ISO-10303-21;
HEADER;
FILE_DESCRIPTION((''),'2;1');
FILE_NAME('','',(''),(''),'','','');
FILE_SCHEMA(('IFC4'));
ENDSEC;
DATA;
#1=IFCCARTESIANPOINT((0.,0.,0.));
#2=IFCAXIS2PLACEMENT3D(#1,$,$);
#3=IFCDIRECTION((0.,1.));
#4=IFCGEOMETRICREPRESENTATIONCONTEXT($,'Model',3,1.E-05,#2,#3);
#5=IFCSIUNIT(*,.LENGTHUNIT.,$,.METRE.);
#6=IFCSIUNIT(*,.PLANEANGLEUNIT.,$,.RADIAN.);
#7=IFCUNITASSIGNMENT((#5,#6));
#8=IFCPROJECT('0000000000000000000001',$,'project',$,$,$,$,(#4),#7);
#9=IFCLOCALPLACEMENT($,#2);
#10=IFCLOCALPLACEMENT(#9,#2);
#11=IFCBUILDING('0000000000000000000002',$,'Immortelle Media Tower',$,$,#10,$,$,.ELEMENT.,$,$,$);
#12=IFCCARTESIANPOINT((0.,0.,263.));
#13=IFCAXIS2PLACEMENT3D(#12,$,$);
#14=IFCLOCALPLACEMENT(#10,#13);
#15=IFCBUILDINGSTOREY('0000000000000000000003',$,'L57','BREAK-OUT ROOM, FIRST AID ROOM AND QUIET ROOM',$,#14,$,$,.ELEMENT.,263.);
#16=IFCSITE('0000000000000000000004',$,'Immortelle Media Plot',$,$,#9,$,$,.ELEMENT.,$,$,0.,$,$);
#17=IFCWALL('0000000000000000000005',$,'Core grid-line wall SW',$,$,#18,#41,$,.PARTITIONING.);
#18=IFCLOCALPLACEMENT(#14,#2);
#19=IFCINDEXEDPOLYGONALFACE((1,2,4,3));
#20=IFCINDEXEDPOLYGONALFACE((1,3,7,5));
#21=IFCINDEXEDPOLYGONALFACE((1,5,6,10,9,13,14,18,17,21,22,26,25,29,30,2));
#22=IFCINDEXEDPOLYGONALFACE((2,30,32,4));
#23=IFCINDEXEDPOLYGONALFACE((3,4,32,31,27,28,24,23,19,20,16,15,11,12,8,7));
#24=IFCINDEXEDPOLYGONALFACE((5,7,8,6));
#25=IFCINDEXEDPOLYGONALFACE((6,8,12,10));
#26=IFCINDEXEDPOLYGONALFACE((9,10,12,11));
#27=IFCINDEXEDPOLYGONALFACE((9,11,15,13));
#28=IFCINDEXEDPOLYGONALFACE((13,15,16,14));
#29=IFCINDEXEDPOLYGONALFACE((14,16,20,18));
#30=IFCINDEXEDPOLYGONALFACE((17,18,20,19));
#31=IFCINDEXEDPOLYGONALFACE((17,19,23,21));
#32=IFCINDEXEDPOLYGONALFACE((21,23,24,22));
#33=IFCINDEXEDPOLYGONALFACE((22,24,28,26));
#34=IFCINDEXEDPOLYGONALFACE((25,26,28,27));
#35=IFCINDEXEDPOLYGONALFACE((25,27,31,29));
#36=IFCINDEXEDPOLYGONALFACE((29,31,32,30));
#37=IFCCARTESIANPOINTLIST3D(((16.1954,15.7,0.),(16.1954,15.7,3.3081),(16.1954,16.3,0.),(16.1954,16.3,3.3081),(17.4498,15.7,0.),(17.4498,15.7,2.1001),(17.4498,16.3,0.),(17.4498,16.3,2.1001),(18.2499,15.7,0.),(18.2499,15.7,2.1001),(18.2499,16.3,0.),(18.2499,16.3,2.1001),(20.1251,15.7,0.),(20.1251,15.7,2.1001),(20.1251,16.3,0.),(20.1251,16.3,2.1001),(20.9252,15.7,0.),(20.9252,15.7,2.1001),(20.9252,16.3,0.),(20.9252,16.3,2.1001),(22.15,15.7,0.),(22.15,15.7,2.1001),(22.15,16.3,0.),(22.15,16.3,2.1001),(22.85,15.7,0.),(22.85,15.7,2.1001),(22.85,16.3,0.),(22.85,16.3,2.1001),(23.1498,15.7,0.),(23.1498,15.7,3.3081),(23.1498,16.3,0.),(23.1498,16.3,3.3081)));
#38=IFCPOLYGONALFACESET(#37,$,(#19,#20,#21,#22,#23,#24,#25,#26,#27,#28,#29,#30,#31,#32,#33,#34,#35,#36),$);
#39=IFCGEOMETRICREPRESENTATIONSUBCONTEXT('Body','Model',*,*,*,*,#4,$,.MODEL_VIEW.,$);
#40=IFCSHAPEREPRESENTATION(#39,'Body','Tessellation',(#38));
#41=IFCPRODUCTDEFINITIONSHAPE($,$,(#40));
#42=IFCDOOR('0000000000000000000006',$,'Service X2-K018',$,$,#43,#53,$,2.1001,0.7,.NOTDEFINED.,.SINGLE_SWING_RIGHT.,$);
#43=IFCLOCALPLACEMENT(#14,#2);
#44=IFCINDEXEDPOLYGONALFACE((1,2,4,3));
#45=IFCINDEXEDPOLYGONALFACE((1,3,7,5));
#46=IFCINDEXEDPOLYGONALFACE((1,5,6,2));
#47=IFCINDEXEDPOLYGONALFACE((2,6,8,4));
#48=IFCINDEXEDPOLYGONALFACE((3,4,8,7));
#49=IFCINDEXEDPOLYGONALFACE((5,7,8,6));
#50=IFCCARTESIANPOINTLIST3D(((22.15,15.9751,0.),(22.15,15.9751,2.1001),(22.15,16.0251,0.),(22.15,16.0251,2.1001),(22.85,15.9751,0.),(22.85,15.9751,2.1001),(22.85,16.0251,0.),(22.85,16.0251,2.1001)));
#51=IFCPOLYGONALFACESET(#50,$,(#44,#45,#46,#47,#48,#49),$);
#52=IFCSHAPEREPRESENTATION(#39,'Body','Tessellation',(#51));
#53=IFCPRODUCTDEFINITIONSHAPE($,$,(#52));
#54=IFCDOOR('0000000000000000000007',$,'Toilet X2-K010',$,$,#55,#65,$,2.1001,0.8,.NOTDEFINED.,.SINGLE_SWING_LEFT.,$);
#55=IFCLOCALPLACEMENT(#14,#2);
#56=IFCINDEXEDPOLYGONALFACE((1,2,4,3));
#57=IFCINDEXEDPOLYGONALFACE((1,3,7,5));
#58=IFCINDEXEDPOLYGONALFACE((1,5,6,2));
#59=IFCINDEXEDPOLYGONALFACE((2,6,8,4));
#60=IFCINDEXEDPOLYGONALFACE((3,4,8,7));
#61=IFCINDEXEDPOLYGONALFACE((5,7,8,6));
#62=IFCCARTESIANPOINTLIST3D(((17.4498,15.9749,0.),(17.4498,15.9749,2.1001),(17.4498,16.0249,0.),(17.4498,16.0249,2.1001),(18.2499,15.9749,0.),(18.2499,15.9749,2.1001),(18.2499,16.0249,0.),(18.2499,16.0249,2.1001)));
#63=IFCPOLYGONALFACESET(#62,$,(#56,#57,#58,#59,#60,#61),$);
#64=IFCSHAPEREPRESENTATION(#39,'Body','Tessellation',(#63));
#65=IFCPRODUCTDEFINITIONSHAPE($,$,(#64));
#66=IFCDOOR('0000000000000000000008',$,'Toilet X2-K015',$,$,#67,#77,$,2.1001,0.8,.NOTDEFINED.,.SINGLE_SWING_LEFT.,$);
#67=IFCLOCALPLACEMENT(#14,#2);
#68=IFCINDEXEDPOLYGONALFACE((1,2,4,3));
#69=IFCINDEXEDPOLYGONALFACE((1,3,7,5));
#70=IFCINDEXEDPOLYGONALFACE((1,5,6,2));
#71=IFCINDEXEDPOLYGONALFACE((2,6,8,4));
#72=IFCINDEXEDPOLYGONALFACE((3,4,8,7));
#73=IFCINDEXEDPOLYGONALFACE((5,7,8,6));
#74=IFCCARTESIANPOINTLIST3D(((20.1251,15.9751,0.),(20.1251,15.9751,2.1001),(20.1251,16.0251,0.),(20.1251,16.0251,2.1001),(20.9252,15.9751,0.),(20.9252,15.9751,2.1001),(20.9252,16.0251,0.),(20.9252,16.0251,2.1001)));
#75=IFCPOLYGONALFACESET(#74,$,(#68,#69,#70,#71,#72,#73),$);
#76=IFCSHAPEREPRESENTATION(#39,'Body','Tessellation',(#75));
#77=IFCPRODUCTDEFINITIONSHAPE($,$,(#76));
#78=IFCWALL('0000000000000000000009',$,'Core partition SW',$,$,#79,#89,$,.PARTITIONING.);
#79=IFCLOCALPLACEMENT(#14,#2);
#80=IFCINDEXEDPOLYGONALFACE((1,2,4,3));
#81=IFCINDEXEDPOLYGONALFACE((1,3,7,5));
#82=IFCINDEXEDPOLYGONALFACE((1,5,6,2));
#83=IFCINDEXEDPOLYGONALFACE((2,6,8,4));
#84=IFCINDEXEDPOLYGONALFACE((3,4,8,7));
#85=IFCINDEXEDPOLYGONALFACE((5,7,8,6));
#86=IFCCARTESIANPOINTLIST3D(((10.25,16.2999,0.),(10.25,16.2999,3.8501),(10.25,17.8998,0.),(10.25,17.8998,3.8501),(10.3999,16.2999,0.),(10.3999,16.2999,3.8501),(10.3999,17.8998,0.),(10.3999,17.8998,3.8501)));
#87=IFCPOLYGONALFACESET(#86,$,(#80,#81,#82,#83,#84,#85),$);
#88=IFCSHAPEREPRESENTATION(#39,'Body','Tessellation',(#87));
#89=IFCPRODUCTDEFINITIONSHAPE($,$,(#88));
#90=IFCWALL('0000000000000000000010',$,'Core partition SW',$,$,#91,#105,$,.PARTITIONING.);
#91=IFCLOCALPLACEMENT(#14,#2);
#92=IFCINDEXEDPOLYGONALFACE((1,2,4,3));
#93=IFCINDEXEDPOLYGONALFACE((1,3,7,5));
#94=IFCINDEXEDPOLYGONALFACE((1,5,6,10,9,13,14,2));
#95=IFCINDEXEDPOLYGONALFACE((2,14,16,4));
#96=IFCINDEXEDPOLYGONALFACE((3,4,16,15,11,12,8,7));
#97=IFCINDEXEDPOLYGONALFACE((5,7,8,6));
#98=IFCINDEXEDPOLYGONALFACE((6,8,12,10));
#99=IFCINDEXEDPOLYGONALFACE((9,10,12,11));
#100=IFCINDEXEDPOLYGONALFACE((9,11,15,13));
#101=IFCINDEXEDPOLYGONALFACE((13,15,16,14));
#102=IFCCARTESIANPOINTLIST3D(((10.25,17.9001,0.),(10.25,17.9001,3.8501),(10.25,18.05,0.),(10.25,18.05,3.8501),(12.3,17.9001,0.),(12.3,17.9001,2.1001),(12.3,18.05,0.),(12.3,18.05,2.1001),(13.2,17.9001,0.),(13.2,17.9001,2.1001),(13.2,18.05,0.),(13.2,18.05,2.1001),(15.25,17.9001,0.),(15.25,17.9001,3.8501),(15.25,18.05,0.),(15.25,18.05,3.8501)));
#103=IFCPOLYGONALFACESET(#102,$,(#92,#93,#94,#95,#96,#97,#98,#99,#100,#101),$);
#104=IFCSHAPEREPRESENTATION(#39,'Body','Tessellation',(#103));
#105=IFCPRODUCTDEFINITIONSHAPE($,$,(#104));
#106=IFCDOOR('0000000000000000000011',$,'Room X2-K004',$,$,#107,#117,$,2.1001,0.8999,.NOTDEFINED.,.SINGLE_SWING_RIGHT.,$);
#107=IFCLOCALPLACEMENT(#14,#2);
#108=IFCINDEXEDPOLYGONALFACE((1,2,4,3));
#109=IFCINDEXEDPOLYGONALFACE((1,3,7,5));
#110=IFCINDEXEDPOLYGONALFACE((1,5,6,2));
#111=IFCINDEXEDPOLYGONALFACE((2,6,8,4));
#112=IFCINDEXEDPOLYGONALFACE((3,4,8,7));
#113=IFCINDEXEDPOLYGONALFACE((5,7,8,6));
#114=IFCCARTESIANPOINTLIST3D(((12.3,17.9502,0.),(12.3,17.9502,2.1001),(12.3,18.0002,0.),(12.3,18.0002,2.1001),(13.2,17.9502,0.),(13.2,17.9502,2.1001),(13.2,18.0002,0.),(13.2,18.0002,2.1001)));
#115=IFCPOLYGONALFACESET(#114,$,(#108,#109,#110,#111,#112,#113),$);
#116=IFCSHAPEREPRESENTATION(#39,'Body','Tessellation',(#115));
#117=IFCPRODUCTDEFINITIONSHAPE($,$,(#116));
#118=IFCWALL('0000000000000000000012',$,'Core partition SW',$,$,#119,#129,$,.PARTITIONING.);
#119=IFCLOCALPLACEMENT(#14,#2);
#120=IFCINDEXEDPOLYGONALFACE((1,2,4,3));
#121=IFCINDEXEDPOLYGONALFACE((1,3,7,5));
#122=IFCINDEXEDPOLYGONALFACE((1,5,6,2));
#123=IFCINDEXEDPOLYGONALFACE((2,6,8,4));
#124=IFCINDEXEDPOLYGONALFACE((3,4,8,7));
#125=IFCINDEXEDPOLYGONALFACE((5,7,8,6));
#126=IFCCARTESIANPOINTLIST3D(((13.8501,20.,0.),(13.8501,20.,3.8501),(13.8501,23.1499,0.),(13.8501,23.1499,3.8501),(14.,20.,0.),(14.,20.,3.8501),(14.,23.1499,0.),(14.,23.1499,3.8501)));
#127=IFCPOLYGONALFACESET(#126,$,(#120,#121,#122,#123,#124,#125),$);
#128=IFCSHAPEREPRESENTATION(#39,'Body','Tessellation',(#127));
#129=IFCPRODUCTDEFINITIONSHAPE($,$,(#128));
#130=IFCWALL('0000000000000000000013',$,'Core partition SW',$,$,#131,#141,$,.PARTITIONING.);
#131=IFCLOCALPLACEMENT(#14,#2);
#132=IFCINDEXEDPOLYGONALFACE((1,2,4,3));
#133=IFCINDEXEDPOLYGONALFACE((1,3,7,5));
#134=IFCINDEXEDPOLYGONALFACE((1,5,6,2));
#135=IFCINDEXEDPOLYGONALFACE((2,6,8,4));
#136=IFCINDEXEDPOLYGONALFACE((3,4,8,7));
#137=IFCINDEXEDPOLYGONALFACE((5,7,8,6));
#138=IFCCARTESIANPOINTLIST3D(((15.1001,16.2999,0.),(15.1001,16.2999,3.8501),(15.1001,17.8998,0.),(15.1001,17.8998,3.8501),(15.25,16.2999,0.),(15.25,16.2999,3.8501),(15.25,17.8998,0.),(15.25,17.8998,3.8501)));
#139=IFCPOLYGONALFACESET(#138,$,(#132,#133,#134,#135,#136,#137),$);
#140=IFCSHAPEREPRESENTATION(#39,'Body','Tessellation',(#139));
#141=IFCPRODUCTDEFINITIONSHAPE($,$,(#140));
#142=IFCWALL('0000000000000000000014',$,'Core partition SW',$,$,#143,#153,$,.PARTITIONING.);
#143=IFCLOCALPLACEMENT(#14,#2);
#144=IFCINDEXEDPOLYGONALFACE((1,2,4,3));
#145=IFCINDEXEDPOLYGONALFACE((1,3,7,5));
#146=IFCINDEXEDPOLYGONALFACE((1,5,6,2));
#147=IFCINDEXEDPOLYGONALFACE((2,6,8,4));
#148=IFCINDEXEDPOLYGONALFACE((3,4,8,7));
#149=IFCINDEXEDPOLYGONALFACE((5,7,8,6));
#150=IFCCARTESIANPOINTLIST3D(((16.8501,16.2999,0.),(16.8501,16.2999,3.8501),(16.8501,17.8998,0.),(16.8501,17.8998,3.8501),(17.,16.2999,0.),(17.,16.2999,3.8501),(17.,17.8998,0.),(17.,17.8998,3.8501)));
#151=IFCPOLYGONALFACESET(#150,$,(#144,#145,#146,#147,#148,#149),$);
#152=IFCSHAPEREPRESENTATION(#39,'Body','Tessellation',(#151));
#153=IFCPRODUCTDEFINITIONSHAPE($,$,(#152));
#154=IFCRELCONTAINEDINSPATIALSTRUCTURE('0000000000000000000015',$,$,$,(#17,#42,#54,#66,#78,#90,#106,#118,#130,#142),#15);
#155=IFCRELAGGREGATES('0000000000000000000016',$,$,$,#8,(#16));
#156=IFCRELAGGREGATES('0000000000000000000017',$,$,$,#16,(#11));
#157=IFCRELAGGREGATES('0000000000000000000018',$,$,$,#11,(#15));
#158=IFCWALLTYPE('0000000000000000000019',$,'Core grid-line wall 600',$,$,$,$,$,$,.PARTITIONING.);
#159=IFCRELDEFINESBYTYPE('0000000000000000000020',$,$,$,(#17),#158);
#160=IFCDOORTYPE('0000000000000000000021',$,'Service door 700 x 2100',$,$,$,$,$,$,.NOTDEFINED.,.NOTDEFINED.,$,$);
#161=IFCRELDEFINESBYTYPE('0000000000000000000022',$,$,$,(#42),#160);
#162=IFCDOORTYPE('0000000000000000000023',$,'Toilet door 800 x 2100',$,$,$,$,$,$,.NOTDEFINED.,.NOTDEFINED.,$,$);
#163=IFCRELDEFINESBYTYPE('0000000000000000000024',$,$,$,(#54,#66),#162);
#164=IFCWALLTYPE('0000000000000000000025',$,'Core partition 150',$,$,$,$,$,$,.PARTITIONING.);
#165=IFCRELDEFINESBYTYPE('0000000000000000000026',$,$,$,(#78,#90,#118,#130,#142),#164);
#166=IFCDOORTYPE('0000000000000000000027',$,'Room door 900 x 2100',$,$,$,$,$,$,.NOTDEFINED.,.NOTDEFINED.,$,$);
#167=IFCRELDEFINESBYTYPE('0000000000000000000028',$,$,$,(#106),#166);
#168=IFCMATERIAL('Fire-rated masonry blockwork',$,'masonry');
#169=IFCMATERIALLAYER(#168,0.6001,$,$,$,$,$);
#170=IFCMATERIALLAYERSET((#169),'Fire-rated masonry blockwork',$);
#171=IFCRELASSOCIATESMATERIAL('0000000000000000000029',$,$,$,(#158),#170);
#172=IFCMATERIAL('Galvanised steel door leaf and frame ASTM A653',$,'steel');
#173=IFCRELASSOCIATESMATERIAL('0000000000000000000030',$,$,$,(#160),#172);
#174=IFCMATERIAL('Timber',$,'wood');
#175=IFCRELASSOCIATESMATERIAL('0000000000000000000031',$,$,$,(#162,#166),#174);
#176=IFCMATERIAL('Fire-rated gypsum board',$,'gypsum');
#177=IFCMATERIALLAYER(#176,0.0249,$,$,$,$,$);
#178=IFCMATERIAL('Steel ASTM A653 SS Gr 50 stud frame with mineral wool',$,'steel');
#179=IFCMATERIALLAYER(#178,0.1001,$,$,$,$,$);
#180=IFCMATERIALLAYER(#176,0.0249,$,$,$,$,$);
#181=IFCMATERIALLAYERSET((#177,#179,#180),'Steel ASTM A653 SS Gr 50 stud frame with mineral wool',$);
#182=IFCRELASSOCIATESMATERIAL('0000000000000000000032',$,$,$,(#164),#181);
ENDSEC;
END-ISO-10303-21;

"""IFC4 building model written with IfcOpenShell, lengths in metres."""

from ifc_helpers import new_model, si_unit, direction, frame, frame_2d, origin, place, context, subcontext, project, spatial, rectangle, extrude, material, layer, layer_set, type_object, element, fill, save


model = new_model("IFC4")

# Units and contexts
model_context = context("Model", 3, precision=1e-05, world=origin(), true_north=direction((0.0, 1.0)))
body_context = subcontext(model_context, "Body", "Model", "MODEL_VIEW")
ifc_project = project(units=[si_unit("LENGTHUNIT", "METRE"), si_unit("PLANEANGLEUNIT", "RADIAN")], contexts=[model_context])

# Site, building, storey
site_placement = place(None, origin())
site = spatial("IfcSite", under=ifc_project, at=site_placement, Name="Immortelle Media Plot", CompositionType="ELEMENT", RefElevation=0.0)
building_placement = place(site_placement, origin())
building = spatial("IfcBuilding", under=site, at=building_placement, Name="Immortelle Media Tower", CompositionType="ELEMENT")
storey_placement = place(building_placement, frame((0.0, 0.0, 263.0)))
storey = spatial("IfcBuildingStorey", under=building, at=storey_placement, Name="L57", Description="BREAK-OUT ROOM, FIRST AID ROOM AND QUIET ROOM", CompositionType="ELEMENT", Elevation=263.0)

# Wall, openings, doors
ifc_material_1 = material(Name="Fire-rated masonry blockwork", Category="masonry")
ifc_layer_1 = layer(ifc_material_1, 0.6001)
ifc_layer_set_1 = layer_set([ifc_layer_1], Name="Fire-rated masonry blockwork")
wall_type_1 = type_object("IfcWallType", Name="Core grid-line wall 600", PredefinedType="PARTITIONING", material=ifc_layer_set_1)
wall_1_placement = place(storey_placement, frame((16.1956, 16.0, 0.0), z_axis=(0.0, 0.0, 1.0), x_axis=(1.0, 0.0, 0.0)))
wall_1 = element("IfcWall", 1, at=wall_1_placement, inside=storey, type_object=wall_type_1, Name="Core grid-line wall SW", PredefinedType="PARTITIONING", context=body_context, shape_type="SweptSolid", body=[
    extrude(rectangle(XDim=6.9543, YDim=0.6001, at=frame_2d((3.4771, 0.0))), origin(), (0.0, 0.0, 1.0), 3.3081),
])
opening_1_placement = place(wall_1_placement, frame((1.2544, 0.0, 0.0)))
opening_1 = element("IfcOpeningElement", 2, at=opening_1_placement, cuts=wall_1, PredefinedType="OPENING", context=body_context, shape_type="SweptSolid", body=[
    extrude(rectangle(XDim=0.8, YDim=2.1001, at=frame_2d((0.3999, 1.05))), frame((0.0, 0.3101, 0.0), z_axis=(0.0, -1.0, 0.0), x_axis=(1.0, 0.0, 0.0)), (0.0, 0.0, 1.0), 0.6201),
])
opening_2_placement = place(wall_1_placement, frame((4.7295, 0.0, 0.0), z_axis=(0.0, 0.0, 1.0), x_axis=(-1.0, 0.0, 0.0)))
opening_2 = element("IfcOpeningElement", 3, at=opening_2_placement, cuts=wall_1, PredefinedType="OPENING", context=body_context, shape_type="SweptSolid", body=[
    extrude(rectangle(XDim=0.8, YDim=2.1001, at=frame_2d((0.3999, 1.05))), frame((0.0, 0.3101, 0.0), z_axis=(0.0, -1.0, 0.0), x_axis=(1.0, 0.0, 0.0)), (0.0, 0.0, 1.0), 0.6201),
])
opening_3_placement = place(wall_1_placement, frame((6.6545, 0.0, 0.0), z_axis=(0.0, 0.0, 1.0), x_axis=(-1.0, 0.0, 0.0)))
opening_3 = element("IfcOpeningElement", 4, at=opening_3_placement, cuts=wall_1, PredefinedType="OPENING", context=body_context, shape_type="SweptSolid", body=[
    extrude(rectangle(XDim=0.7, YDim=2.1001, at=frame_2d((0.3501, 1.05))), frame((0.0, 0.3101, 0.0), z_axis=(0.0, -1.0, 0.0), x_axis=(1.0, 0.0, 0.0)), (0.0, 0.0, 1.0), 0.6201),
])
ifc_material_2 = material(Name="Galvanised steel door leaf and frame ASTM A653", Category="steel")
door_type_1 = type_object("IfcDoorType", Name="Service door 700 x 2100", OperationType="NOTDEFINED", PredefinedType="NOTDEFINED", material=ifc_material_2)
door_1_placement = place(opening_3_placement, origin())
door_1 = element("IfcDoor", 5, at=door_1_placement, inside=storey, type_object=door_type_1, Name="Service X2-K018", OperationType="SINGLE_SWING_RIGHT", OverallHeight=2.1001, OverallWidth=0.7, PredefinedType="NOTDEFINED", context=body_context, shape_type="SweptSolid", body=[
    extrude(rectangle(XDim=0.7, YDim=2.1001, at=frame_2d((0.3501, 1.05))), frame((0.0, 0.0249, 0.0), z_axis=(0.0, -1.0, 0.0), x_axis=(1.0, 0.0, 0.0)), (0.0, 0.0, 1.0), 0.05),
])
fill(opening_3, door_1)
ifc_material_3 = material(Name="Timber", Category="wood")
door_type_2 = type_object("IfcDoorType", Name="Toilet door 800 x 2100", OperationType="NOTDEFINED", PredefinedType="NOTDEFINED", material=ifc_material_3)
door_2_placement = place(opening_1_placement, origin())
door_2 = element("IfcDoor", 6, at=door_2_placement, inside=storey, type_object=door_type_2, Name="Toilet X2-K010", OperationType="SINGLE_SWING_LEFT", OverallHeight=2.1001, OverallWidth=0.8, PredefinedType="NOTDEFINED", context=body_context, shape_type="SweptSolid", body=[
    extrude(rectangle(XDim=0.8, YDim=2.1001, at=frame_2d((0.3999, 1.05))), frame((0.0, 0.0249, 0.0), z_axis=(0.0, -1.0, 0.0), x_axis=(1.0, 0.0, 0.0)), (0.0, 0.0, 1.0), 0.05),
])
fill(opening_1, door_2)
door_3_placement = place(opening_2_placement, origin())
door_3 = element("IfcDoor", 7, at=door_3_placement, inside=storey, type_object=door_type_2, Name="Toilet X2-K015", OperationType="SINGLE_SWING_LEFT", OverallHeight=2.1001, OverallWidth=0.8, PredefinedType="NOTDEFINED", context=body_context, shape_type="SweptSolid", body=[
    extrude(rectangle(XDim=0.8, YDim=2.1001, at=frame_2d((0.3999, 1.05))), frame((0.0, 0.0249, 0.0), z_axis=(0.0, -1.0, 0.0), x_axis=(1.0, 0.0, 0.0)), (0.0, 0.0, 1.0), 0.05),
])
fill(opening_2, door_3)

# Wall
ifc_material_4 = material(Name="Fire-rated gypsum board", Category="gypsum")
ifc_layer_2 = layer(ifc_material_4, 0.0249)
ifc_material_5 = material(Name="Steel ASTM A653 SS Gr 50 stud frame with mineral wool", Category="steel")
ifc_layer_3 = layer(ifc_material_5, 0.1001)
ifc_layer_4 = layer(ifc_material_4, 0.0249)
ifc_layer_set_2 = layer_set([ifc_layer_2, ifc_layer_3, ifc_layer_4], Name="Steel ASTM A653 SS Gr 50 stud frame with mineral wool")
wall_type_2 = type_object("IfcWallType", Name="Core partition 150", PredefinedType="PARTITIONING", material=ifc_layer_set_2)
wall_2_placement = place(storey_placement, frame((10.325, 16.3, 0.0), z_axis=(0.0, 0.0, 1.0), x_axis=(0.0, 1.0, 0.0)))
element("IfcWall", 8, at=wall_2_placement, inside=storey, type_object=wall_type_2, Name="Core partition SW", PredefinedType="PARTITIONING", context=body_context, shape_type="SweptSolid", body=[
    extrude(rectangle(XDim=1.5999, YDim=0.1499, at=frame_2d((0.7998, 0.0))), origin(), (0.0, 0.0, 1.0), 3.8501),
])

# Wall, opening, door
wall_3_placement = place(storey_placement, frame((10.25, 17.9751, 0.0), z_axis=(0.0, 0.0, 1.0), x_axis=(1.0, 0.0, 0.0)))
wall_3 = element("IfcWall", 9, at=wall_3_placement, inside=storey, type_object=wall_type_2, Name="Core partition SW", PredefinedType="PARTITIONING", context=body_context, shape_type="SweptSolid", body=[
    extrude(rectangle(XDim=5.0, YDim=0.1499, at=frame_2d((2.5, 0.0))), origin(), (0.0, 0.0, 1.0), 3.8501),
])
opening_4_placement = place(wall_3_placement, frame((2.95, 0.0, 0.0), z_axis=(0.0, 0.0, 1.0), x_axis=(-1.0, 0.0, 0.0)))
opening_4 = element("IfcOpeningElement", 10, at=opening_4_placement, cuts=wall_3, PredefinedType="OPENING", context=body_context, shape_type="SweptSolid", body=[
    extrude(rectangle(XDim=0.8999, YDim=2.1001, at=frame_2d((0.45, 1.05))), frame((0.0, 0.085, 0.0), z_axis=(0.0, -1.0, 0.0), x_axis=(1.0, 0.0, 0.0)), (0.0, 0.0, 1.0), 0.1699),
])
door_type_3 = type_object("IfcDoorType", Name="Room door 900 x 2100", OperationType="NOTDEFINED", PredefinedType="NOTDEFINED", material=ifc_material_3)
door_4_placement = place(opening_4_placement, origin())
door_4 = element("IfcDoor", 11, at=door_4_placement, inside=storey, type_object=door_type_3, Name="Room X2-K004", OperationType="SINGLE_SWING_RIGHT", OverallHeight=2.1001, OverallWidth=0.8999, PredefinedType="NOTDEFINED", context=body_context, shape_type="SweptSolid", body=[
    extrude(rectangle(XDim=0.8999, YDim=2.1001, at=frame_2d((0.45, 1.05))), frame((0.0, 0.0249, 0.0), z_axis=(0.0, -1.0, 0.0), x_axis=(1.0, 0.0, 0.0)), (0.0, 0.0, 1.0), 0.05),
])
fill(opening_4, door_4)

# Walls
wall_4_placement = place(storey_placement, frame((13.925, 20.0, 0.0), z_axis=(0.0, 0.0, 1.0), x_axis=(0.0, 1.0, 0.0)))
element("IfcWall", 12, at=wall_4_placement, inside=storey, type_object=wall_type_2, Name="Core partition SW", PredefinedType="PARTITIONING", context=body_context, shape_type="SweptSolid", body=[
    extrude(rectangle(XDim=3.1499, YDim=0.1499, at=frame_2d((1.575, 0.0))), origin(), (0.0, 0.0, 1.0), 3.8501),
])
for number, where, z_axis, x_axis, name in (
    (13, (15.175, 16.3, 0.0), (0.0, 0.0, 1.0), (0.0, 1.0, 0.0), "Core partition SW"),
    (14, (16.925, 16.3, 0.0), (0.0, 0.0, 1.0), (0.0, 1.0, 0.0), "Core partition SW"),
):
    element("IfcWall", number, at=place(storey_placement, frame(where, z_axis=z_axis, x_axis=x_axis)), inside=storey, type_object=wall_type_2, Name=name, PredefinedType="PARTITIONING", context=body_context, shape_type="SweptSolid", body=[
        extrude(rectangle(XDim=1.5999, YDim=0.1499, at=frame_2d((0.7998, 0.0))), origin(), (0.0, 0.0, 1.0), 3.8501),
    ])

save(model, "model.ifc")
